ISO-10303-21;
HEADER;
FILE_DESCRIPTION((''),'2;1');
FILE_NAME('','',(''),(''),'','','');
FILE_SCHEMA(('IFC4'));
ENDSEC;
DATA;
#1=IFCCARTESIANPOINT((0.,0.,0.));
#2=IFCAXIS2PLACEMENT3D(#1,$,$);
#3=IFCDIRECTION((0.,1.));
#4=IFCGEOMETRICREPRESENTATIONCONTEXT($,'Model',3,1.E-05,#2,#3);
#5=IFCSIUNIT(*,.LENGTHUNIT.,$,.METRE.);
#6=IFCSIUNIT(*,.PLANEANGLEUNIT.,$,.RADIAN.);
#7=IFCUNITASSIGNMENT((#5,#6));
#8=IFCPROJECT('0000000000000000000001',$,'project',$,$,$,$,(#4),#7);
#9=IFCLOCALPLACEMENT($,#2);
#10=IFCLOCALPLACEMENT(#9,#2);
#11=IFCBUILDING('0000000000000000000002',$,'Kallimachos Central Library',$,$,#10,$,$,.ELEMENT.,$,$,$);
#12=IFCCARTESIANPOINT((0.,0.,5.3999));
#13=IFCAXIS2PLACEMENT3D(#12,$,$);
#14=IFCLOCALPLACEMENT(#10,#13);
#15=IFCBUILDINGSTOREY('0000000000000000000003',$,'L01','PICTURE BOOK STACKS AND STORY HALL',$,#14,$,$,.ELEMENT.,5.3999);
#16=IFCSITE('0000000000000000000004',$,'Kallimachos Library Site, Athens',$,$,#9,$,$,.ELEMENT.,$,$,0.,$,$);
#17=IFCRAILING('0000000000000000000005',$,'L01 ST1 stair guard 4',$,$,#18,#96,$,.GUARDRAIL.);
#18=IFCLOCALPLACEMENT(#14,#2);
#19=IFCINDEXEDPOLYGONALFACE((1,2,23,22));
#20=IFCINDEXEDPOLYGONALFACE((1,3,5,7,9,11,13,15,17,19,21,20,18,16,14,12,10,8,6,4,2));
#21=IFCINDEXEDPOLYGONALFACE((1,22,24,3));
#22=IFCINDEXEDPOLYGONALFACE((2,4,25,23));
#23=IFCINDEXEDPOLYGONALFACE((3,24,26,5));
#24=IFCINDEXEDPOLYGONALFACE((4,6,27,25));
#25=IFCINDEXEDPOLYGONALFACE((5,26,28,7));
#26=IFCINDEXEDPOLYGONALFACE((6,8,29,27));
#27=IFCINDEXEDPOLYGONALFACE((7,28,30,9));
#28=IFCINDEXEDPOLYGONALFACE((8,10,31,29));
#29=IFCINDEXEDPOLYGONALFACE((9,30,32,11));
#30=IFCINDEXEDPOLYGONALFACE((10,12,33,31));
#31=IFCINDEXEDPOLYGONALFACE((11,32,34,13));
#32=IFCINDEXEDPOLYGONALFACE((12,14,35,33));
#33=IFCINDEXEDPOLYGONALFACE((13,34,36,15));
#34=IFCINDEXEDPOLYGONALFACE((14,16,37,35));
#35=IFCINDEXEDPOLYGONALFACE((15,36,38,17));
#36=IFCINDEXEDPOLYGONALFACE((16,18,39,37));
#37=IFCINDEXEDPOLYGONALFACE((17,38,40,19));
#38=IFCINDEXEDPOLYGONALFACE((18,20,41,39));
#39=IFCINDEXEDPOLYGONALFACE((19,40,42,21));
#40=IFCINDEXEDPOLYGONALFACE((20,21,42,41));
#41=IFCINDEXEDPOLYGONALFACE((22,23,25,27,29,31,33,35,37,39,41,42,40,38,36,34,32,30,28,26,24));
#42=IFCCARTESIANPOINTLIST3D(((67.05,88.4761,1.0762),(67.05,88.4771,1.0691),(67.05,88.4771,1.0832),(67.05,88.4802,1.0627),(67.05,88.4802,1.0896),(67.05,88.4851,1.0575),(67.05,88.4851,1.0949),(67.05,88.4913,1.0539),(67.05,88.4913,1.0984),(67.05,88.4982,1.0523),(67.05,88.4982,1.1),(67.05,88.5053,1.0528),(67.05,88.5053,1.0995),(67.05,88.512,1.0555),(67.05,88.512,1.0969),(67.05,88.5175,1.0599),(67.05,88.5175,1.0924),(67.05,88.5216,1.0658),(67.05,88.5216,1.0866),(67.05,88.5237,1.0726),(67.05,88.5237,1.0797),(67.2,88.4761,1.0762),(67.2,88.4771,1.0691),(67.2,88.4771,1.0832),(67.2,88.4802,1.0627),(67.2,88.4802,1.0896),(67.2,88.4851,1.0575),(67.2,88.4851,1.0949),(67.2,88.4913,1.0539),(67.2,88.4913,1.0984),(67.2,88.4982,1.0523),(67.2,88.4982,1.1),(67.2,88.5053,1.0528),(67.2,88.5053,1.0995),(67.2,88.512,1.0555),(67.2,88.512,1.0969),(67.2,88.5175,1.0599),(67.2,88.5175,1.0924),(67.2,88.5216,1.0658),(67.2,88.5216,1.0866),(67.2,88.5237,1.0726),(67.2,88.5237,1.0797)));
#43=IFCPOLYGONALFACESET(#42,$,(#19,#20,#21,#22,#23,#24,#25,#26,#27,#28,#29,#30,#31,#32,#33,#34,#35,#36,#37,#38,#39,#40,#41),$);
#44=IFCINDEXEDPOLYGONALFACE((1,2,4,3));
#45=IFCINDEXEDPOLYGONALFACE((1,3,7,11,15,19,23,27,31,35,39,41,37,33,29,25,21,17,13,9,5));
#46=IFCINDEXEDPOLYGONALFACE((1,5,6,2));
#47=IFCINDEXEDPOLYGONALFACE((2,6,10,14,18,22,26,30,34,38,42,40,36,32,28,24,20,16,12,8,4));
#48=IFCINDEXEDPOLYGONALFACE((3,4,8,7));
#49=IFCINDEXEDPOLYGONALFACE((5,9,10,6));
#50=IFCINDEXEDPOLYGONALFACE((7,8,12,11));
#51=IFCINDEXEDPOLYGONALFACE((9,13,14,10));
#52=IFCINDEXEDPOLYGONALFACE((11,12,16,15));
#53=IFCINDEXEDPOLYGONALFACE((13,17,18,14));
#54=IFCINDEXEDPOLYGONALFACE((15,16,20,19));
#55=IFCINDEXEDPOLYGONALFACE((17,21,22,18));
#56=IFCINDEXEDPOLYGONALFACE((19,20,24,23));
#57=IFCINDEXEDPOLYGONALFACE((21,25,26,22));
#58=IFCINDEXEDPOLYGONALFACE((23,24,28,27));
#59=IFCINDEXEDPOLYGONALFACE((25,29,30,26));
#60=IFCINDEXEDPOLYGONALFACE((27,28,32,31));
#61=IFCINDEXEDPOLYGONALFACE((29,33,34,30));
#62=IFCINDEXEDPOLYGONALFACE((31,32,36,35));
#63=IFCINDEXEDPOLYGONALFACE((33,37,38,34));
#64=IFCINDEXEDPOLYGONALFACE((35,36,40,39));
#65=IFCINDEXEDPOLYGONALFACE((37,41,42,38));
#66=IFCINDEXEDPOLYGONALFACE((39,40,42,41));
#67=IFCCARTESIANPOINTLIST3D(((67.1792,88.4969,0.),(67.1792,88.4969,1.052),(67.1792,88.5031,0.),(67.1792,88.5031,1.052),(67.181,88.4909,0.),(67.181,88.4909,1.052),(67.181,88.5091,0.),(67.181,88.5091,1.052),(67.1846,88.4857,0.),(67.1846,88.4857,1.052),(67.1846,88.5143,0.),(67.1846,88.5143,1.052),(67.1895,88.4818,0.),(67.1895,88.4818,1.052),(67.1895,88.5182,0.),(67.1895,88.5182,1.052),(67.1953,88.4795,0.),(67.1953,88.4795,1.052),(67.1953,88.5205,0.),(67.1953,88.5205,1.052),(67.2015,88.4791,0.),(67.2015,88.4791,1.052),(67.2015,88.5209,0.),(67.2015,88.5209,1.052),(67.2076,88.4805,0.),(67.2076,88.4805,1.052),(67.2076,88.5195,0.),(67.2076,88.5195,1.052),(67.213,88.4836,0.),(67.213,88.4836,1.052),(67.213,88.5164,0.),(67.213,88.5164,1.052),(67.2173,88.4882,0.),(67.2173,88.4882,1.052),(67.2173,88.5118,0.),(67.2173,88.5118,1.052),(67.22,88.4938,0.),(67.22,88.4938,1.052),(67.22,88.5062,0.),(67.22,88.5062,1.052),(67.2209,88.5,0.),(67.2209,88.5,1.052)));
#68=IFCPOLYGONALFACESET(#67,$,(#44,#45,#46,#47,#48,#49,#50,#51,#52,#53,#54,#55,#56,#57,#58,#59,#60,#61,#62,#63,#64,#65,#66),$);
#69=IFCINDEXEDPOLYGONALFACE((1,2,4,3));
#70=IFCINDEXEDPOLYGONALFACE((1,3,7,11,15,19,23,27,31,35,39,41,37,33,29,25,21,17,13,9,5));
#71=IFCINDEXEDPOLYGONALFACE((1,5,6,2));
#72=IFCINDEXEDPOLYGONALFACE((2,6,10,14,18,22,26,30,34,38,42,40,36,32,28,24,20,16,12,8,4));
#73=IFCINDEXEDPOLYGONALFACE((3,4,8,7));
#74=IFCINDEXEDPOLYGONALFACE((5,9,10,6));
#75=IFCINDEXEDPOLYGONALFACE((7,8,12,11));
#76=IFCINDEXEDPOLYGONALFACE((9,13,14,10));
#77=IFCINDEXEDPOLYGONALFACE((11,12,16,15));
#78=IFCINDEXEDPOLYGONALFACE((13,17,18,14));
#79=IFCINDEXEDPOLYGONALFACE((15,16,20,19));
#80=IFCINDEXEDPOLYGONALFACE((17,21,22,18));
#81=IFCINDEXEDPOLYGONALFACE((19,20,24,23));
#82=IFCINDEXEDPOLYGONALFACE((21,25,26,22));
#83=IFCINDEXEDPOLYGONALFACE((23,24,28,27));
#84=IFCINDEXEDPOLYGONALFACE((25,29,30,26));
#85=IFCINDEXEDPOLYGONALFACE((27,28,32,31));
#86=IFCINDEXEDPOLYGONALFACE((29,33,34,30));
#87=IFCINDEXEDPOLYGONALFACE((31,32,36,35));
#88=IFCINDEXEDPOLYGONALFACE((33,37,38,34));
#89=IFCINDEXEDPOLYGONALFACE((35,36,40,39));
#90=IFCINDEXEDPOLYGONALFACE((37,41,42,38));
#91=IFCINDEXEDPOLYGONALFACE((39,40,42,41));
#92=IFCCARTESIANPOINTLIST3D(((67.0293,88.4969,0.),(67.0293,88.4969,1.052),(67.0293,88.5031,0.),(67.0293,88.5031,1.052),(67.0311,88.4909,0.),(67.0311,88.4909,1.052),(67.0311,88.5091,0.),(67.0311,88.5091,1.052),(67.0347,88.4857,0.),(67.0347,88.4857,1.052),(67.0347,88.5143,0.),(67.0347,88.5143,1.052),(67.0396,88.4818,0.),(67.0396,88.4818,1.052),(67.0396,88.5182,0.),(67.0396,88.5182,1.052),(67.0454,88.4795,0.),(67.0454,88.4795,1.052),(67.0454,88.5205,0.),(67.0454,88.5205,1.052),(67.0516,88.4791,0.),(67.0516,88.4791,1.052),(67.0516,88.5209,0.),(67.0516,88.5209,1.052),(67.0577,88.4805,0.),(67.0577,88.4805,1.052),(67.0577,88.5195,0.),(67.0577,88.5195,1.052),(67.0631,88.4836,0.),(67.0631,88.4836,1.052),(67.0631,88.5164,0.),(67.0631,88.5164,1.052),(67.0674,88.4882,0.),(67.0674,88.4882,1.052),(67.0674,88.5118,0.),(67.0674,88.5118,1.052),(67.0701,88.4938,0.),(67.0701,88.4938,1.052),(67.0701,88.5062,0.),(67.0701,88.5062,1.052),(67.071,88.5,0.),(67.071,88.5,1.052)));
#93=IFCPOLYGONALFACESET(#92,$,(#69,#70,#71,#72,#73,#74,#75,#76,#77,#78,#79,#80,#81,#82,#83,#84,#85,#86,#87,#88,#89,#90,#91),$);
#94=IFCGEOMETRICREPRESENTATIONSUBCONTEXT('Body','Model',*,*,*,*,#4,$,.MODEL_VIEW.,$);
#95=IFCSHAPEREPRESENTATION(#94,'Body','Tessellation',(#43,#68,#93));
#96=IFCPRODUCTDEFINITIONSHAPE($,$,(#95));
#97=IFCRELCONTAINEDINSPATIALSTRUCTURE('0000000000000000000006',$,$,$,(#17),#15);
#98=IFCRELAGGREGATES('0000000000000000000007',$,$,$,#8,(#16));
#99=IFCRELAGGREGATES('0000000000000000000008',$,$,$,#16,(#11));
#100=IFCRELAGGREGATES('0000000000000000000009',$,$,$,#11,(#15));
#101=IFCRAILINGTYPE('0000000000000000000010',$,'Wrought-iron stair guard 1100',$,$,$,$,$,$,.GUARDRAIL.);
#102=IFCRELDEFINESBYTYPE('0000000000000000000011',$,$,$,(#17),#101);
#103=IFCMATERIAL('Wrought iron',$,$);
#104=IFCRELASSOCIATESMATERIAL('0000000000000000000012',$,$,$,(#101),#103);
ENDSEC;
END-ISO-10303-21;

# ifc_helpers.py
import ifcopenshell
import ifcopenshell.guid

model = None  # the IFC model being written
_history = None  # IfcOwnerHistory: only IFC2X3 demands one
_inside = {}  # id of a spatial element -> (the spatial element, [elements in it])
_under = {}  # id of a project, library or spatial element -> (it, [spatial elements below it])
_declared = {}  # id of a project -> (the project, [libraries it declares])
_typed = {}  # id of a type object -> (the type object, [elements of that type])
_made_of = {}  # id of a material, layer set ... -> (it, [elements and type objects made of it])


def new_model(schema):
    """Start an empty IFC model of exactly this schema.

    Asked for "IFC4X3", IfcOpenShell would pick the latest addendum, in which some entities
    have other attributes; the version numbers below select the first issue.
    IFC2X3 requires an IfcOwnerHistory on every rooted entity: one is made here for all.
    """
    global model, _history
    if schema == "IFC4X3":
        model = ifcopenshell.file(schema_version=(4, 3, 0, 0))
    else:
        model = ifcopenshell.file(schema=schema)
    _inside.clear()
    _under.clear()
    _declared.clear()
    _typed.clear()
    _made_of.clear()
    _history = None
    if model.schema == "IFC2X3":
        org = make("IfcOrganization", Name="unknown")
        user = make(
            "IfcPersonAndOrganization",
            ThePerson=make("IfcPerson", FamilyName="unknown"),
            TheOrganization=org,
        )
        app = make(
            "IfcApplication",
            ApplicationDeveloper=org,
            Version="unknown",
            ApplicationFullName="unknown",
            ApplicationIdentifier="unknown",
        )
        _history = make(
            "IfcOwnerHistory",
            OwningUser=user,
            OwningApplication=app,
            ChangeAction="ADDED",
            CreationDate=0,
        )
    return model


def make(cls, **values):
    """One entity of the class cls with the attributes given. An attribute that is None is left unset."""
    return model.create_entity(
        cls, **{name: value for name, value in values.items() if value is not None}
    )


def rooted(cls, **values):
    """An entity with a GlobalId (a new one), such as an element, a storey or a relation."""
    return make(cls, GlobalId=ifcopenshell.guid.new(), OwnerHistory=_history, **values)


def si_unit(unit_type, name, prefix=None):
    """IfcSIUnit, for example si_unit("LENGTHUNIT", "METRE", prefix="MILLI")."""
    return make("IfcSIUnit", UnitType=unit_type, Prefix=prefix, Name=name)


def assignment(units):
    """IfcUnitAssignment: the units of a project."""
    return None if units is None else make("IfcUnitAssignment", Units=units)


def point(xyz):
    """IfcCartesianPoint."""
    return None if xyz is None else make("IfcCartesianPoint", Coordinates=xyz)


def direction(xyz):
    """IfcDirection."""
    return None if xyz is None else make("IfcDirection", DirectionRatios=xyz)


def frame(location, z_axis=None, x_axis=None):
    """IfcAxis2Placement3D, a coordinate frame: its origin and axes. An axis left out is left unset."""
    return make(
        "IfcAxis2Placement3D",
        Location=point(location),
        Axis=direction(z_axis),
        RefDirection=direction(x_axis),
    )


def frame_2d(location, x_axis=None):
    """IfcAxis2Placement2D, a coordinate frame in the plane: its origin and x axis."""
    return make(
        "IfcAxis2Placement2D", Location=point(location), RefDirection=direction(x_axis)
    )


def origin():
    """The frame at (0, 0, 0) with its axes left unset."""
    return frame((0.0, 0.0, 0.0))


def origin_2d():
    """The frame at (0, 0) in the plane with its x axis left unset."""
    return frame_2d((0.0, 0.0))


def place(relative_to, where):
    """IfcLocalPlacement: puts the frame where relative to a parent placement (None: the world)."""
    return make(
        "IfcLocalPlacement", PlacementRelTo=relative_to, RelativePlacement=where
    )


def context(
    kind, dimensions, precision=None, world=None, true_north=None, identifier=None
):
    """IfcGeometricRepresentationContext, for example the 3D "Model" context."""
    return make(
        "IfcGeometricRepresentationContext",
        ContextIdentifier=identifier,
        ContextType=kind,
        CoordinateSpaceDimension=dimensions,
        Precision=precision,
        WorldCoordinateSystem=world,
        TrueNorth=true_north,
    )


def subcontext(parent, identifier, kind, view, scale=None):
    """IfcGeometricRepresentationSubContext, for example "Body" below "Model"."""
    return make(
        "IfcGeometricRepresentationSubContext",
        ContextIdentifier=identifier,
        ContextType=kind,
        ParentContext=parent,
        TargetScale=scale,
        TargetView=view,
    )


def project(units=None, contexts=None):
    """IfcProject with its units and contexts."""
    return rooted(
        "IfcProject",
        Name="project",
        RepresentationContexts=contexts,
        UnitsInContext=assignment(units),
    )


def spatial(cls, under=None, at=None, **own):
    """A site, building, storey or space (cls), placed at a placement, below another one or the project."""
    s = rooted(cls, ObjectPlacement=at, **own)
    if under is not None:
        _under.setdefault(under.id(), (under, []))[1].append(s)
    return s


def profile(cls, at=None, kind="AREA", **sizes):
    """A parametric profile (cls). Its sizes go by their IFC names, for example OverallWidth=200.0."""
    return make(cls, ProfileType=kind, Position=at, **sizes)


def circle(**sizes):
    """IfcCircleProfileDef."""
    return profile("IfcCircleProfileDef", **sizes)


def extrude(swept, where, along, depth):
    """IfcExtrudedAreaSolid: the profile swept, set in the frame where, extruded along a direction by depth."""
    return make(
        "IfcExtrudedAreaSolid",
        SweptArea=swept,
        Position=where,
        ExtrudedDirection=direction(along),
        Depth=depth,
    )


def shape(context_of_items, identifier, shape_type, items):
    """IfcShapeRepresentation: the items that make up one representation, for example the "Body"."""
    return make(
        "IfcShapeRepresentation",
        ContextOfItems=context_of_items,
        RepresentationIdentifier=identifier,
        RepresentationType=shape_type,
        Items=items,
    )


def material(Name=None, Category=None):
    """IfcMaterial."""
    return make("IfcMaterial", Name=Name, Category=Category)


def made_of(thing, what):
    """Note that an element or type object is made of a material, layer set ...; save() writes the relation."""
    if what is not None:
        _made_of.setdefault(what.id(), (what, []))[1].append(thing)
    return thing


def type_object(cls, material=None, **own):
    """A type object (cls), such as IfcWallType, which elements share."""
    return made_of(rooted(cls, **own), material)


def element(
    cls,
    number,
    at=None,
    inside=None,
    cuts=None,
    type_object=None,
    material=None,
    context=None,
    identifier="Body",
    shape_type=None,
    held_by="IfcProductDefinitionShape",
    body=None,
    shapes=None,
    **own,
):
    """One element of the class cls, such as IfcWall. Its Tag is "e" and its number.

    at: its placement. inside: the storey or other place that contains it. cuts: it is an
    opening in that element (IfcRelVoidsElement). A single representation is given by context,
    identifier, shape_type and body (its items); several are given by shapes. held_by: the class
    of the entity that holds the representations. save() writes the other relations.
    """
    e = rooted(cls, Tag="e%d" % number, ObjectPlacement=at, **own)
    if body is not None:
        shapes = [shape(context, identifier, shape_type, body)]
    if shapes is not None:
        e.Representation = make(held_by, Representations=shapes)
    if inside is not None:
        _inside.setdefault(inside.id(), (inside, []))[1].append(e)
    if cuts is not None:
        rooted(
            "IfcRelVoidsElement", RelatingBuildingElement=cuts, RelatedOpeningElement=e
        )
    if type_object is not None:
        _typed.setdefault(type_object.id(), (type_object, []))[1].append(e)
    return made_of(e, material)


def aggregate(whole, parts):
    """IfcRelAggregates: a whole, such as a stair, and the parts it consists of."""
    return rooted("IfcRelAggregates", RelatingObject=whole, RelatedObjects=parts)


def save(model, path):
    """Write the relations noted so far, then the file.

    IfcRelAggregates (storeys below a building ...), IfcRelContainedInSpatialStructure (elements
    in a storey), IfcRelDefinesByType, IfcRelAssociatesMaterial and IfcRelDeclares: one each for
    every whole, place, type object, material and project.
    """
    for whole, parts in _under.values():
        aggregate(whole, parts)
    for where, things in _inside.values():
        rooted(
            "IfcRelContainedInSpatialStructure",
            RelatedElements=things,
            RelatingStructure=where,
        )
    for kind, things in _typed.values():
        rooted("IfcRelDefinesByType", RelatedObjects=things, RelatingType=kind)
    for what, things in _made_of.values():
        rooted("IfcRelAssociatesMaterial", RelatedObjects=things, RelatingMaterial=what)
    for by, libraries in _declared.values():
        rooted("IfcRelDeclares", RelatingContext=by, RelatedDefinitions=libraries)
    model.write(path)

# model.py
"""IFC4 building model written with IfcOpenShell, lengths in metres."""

from ifc_helpers import new_model, si_unit, direction, frame, origin, origin_2d, place, context, subcontext, project, spatial, circle, extrude, material, type_object, element, save


model = new_model("IFC4")

# Units and contexts
model_context = context("Model", 3, precision=1e-05, world=origin(), true_north=direction((0.0, 1.0)))
body_context = subcontext(model_context, "Body", "Model", "MODEL_VIEW")
ifc_project = project(units=[si_unit("LENGTHUNIT", "METRE"), si_unit("PLANEANGLEUNIT", "RADIAN")], contexts=[model_context])

# Site, building, storey
site_placement = place(None, origin())
site = spatial("IfcSite", under=ifc_project, at=site_placement, Name="Kallimachos Library Site, Athens", CompositionType="ELEMENT", RefElevation=0.0)
building_placement = place(site_placement, origin())
building = spatial("IfcBuilding", under=site, at=building_placement, Name="Kallimachos Central Library", CompositionType="ELEMENT")
storey_placement = place(building_placement, frame((0.0, 0.0, 5.3999)))
storey = spatial("IfcBuildingStorey", under=building, at=storey_placement, Name="L01", Description="PICTURE BOOK STACKS AND STORY HALL", CompositionType="ELEMENT", Elevation=5.3999)

# Railing
ifc_material_1 = material(Name="Wrought iron")
railing_type_1 = type_object("IfcRailingType", Name="Wrought-iron stair guard 1100", PredefinedType="GUARDRAIL", material=ifc_material_1)
railing_1_placement = place(storey_placement, frame((67.2, 88.5, 0.0)))
element("IfcRailing", 1, at=railing_1_placement, inside=storey, type_object=railing_type_1, Name="L01 ST1 stair guard 4", PredefinedType="GUARDRAIL", context=body_context, shape_type="SweptSolid", body=[
    extrude(circle(Radius=0.0239, at=origin_2d()), frame((0.0, 0.0, 1.0762), z_axis=(-1.0, 0.0, 0.0), x_axis=(0.0, -1.0, 0.0)), (0.0, 0.0, 1.0), 0.1499),
    extrude(circle(Radius=0.021, at=origin_2d()), origin(), (0.0, 0.0, 1.0), 1.052),
    extrude(circle(Radius=0.021, at=origin_2d()), frame((-0.1499, 0.0, 0.0)), (0.0, 0.0, 1.0), 1.052),
])

save(model, "model.ifc")
